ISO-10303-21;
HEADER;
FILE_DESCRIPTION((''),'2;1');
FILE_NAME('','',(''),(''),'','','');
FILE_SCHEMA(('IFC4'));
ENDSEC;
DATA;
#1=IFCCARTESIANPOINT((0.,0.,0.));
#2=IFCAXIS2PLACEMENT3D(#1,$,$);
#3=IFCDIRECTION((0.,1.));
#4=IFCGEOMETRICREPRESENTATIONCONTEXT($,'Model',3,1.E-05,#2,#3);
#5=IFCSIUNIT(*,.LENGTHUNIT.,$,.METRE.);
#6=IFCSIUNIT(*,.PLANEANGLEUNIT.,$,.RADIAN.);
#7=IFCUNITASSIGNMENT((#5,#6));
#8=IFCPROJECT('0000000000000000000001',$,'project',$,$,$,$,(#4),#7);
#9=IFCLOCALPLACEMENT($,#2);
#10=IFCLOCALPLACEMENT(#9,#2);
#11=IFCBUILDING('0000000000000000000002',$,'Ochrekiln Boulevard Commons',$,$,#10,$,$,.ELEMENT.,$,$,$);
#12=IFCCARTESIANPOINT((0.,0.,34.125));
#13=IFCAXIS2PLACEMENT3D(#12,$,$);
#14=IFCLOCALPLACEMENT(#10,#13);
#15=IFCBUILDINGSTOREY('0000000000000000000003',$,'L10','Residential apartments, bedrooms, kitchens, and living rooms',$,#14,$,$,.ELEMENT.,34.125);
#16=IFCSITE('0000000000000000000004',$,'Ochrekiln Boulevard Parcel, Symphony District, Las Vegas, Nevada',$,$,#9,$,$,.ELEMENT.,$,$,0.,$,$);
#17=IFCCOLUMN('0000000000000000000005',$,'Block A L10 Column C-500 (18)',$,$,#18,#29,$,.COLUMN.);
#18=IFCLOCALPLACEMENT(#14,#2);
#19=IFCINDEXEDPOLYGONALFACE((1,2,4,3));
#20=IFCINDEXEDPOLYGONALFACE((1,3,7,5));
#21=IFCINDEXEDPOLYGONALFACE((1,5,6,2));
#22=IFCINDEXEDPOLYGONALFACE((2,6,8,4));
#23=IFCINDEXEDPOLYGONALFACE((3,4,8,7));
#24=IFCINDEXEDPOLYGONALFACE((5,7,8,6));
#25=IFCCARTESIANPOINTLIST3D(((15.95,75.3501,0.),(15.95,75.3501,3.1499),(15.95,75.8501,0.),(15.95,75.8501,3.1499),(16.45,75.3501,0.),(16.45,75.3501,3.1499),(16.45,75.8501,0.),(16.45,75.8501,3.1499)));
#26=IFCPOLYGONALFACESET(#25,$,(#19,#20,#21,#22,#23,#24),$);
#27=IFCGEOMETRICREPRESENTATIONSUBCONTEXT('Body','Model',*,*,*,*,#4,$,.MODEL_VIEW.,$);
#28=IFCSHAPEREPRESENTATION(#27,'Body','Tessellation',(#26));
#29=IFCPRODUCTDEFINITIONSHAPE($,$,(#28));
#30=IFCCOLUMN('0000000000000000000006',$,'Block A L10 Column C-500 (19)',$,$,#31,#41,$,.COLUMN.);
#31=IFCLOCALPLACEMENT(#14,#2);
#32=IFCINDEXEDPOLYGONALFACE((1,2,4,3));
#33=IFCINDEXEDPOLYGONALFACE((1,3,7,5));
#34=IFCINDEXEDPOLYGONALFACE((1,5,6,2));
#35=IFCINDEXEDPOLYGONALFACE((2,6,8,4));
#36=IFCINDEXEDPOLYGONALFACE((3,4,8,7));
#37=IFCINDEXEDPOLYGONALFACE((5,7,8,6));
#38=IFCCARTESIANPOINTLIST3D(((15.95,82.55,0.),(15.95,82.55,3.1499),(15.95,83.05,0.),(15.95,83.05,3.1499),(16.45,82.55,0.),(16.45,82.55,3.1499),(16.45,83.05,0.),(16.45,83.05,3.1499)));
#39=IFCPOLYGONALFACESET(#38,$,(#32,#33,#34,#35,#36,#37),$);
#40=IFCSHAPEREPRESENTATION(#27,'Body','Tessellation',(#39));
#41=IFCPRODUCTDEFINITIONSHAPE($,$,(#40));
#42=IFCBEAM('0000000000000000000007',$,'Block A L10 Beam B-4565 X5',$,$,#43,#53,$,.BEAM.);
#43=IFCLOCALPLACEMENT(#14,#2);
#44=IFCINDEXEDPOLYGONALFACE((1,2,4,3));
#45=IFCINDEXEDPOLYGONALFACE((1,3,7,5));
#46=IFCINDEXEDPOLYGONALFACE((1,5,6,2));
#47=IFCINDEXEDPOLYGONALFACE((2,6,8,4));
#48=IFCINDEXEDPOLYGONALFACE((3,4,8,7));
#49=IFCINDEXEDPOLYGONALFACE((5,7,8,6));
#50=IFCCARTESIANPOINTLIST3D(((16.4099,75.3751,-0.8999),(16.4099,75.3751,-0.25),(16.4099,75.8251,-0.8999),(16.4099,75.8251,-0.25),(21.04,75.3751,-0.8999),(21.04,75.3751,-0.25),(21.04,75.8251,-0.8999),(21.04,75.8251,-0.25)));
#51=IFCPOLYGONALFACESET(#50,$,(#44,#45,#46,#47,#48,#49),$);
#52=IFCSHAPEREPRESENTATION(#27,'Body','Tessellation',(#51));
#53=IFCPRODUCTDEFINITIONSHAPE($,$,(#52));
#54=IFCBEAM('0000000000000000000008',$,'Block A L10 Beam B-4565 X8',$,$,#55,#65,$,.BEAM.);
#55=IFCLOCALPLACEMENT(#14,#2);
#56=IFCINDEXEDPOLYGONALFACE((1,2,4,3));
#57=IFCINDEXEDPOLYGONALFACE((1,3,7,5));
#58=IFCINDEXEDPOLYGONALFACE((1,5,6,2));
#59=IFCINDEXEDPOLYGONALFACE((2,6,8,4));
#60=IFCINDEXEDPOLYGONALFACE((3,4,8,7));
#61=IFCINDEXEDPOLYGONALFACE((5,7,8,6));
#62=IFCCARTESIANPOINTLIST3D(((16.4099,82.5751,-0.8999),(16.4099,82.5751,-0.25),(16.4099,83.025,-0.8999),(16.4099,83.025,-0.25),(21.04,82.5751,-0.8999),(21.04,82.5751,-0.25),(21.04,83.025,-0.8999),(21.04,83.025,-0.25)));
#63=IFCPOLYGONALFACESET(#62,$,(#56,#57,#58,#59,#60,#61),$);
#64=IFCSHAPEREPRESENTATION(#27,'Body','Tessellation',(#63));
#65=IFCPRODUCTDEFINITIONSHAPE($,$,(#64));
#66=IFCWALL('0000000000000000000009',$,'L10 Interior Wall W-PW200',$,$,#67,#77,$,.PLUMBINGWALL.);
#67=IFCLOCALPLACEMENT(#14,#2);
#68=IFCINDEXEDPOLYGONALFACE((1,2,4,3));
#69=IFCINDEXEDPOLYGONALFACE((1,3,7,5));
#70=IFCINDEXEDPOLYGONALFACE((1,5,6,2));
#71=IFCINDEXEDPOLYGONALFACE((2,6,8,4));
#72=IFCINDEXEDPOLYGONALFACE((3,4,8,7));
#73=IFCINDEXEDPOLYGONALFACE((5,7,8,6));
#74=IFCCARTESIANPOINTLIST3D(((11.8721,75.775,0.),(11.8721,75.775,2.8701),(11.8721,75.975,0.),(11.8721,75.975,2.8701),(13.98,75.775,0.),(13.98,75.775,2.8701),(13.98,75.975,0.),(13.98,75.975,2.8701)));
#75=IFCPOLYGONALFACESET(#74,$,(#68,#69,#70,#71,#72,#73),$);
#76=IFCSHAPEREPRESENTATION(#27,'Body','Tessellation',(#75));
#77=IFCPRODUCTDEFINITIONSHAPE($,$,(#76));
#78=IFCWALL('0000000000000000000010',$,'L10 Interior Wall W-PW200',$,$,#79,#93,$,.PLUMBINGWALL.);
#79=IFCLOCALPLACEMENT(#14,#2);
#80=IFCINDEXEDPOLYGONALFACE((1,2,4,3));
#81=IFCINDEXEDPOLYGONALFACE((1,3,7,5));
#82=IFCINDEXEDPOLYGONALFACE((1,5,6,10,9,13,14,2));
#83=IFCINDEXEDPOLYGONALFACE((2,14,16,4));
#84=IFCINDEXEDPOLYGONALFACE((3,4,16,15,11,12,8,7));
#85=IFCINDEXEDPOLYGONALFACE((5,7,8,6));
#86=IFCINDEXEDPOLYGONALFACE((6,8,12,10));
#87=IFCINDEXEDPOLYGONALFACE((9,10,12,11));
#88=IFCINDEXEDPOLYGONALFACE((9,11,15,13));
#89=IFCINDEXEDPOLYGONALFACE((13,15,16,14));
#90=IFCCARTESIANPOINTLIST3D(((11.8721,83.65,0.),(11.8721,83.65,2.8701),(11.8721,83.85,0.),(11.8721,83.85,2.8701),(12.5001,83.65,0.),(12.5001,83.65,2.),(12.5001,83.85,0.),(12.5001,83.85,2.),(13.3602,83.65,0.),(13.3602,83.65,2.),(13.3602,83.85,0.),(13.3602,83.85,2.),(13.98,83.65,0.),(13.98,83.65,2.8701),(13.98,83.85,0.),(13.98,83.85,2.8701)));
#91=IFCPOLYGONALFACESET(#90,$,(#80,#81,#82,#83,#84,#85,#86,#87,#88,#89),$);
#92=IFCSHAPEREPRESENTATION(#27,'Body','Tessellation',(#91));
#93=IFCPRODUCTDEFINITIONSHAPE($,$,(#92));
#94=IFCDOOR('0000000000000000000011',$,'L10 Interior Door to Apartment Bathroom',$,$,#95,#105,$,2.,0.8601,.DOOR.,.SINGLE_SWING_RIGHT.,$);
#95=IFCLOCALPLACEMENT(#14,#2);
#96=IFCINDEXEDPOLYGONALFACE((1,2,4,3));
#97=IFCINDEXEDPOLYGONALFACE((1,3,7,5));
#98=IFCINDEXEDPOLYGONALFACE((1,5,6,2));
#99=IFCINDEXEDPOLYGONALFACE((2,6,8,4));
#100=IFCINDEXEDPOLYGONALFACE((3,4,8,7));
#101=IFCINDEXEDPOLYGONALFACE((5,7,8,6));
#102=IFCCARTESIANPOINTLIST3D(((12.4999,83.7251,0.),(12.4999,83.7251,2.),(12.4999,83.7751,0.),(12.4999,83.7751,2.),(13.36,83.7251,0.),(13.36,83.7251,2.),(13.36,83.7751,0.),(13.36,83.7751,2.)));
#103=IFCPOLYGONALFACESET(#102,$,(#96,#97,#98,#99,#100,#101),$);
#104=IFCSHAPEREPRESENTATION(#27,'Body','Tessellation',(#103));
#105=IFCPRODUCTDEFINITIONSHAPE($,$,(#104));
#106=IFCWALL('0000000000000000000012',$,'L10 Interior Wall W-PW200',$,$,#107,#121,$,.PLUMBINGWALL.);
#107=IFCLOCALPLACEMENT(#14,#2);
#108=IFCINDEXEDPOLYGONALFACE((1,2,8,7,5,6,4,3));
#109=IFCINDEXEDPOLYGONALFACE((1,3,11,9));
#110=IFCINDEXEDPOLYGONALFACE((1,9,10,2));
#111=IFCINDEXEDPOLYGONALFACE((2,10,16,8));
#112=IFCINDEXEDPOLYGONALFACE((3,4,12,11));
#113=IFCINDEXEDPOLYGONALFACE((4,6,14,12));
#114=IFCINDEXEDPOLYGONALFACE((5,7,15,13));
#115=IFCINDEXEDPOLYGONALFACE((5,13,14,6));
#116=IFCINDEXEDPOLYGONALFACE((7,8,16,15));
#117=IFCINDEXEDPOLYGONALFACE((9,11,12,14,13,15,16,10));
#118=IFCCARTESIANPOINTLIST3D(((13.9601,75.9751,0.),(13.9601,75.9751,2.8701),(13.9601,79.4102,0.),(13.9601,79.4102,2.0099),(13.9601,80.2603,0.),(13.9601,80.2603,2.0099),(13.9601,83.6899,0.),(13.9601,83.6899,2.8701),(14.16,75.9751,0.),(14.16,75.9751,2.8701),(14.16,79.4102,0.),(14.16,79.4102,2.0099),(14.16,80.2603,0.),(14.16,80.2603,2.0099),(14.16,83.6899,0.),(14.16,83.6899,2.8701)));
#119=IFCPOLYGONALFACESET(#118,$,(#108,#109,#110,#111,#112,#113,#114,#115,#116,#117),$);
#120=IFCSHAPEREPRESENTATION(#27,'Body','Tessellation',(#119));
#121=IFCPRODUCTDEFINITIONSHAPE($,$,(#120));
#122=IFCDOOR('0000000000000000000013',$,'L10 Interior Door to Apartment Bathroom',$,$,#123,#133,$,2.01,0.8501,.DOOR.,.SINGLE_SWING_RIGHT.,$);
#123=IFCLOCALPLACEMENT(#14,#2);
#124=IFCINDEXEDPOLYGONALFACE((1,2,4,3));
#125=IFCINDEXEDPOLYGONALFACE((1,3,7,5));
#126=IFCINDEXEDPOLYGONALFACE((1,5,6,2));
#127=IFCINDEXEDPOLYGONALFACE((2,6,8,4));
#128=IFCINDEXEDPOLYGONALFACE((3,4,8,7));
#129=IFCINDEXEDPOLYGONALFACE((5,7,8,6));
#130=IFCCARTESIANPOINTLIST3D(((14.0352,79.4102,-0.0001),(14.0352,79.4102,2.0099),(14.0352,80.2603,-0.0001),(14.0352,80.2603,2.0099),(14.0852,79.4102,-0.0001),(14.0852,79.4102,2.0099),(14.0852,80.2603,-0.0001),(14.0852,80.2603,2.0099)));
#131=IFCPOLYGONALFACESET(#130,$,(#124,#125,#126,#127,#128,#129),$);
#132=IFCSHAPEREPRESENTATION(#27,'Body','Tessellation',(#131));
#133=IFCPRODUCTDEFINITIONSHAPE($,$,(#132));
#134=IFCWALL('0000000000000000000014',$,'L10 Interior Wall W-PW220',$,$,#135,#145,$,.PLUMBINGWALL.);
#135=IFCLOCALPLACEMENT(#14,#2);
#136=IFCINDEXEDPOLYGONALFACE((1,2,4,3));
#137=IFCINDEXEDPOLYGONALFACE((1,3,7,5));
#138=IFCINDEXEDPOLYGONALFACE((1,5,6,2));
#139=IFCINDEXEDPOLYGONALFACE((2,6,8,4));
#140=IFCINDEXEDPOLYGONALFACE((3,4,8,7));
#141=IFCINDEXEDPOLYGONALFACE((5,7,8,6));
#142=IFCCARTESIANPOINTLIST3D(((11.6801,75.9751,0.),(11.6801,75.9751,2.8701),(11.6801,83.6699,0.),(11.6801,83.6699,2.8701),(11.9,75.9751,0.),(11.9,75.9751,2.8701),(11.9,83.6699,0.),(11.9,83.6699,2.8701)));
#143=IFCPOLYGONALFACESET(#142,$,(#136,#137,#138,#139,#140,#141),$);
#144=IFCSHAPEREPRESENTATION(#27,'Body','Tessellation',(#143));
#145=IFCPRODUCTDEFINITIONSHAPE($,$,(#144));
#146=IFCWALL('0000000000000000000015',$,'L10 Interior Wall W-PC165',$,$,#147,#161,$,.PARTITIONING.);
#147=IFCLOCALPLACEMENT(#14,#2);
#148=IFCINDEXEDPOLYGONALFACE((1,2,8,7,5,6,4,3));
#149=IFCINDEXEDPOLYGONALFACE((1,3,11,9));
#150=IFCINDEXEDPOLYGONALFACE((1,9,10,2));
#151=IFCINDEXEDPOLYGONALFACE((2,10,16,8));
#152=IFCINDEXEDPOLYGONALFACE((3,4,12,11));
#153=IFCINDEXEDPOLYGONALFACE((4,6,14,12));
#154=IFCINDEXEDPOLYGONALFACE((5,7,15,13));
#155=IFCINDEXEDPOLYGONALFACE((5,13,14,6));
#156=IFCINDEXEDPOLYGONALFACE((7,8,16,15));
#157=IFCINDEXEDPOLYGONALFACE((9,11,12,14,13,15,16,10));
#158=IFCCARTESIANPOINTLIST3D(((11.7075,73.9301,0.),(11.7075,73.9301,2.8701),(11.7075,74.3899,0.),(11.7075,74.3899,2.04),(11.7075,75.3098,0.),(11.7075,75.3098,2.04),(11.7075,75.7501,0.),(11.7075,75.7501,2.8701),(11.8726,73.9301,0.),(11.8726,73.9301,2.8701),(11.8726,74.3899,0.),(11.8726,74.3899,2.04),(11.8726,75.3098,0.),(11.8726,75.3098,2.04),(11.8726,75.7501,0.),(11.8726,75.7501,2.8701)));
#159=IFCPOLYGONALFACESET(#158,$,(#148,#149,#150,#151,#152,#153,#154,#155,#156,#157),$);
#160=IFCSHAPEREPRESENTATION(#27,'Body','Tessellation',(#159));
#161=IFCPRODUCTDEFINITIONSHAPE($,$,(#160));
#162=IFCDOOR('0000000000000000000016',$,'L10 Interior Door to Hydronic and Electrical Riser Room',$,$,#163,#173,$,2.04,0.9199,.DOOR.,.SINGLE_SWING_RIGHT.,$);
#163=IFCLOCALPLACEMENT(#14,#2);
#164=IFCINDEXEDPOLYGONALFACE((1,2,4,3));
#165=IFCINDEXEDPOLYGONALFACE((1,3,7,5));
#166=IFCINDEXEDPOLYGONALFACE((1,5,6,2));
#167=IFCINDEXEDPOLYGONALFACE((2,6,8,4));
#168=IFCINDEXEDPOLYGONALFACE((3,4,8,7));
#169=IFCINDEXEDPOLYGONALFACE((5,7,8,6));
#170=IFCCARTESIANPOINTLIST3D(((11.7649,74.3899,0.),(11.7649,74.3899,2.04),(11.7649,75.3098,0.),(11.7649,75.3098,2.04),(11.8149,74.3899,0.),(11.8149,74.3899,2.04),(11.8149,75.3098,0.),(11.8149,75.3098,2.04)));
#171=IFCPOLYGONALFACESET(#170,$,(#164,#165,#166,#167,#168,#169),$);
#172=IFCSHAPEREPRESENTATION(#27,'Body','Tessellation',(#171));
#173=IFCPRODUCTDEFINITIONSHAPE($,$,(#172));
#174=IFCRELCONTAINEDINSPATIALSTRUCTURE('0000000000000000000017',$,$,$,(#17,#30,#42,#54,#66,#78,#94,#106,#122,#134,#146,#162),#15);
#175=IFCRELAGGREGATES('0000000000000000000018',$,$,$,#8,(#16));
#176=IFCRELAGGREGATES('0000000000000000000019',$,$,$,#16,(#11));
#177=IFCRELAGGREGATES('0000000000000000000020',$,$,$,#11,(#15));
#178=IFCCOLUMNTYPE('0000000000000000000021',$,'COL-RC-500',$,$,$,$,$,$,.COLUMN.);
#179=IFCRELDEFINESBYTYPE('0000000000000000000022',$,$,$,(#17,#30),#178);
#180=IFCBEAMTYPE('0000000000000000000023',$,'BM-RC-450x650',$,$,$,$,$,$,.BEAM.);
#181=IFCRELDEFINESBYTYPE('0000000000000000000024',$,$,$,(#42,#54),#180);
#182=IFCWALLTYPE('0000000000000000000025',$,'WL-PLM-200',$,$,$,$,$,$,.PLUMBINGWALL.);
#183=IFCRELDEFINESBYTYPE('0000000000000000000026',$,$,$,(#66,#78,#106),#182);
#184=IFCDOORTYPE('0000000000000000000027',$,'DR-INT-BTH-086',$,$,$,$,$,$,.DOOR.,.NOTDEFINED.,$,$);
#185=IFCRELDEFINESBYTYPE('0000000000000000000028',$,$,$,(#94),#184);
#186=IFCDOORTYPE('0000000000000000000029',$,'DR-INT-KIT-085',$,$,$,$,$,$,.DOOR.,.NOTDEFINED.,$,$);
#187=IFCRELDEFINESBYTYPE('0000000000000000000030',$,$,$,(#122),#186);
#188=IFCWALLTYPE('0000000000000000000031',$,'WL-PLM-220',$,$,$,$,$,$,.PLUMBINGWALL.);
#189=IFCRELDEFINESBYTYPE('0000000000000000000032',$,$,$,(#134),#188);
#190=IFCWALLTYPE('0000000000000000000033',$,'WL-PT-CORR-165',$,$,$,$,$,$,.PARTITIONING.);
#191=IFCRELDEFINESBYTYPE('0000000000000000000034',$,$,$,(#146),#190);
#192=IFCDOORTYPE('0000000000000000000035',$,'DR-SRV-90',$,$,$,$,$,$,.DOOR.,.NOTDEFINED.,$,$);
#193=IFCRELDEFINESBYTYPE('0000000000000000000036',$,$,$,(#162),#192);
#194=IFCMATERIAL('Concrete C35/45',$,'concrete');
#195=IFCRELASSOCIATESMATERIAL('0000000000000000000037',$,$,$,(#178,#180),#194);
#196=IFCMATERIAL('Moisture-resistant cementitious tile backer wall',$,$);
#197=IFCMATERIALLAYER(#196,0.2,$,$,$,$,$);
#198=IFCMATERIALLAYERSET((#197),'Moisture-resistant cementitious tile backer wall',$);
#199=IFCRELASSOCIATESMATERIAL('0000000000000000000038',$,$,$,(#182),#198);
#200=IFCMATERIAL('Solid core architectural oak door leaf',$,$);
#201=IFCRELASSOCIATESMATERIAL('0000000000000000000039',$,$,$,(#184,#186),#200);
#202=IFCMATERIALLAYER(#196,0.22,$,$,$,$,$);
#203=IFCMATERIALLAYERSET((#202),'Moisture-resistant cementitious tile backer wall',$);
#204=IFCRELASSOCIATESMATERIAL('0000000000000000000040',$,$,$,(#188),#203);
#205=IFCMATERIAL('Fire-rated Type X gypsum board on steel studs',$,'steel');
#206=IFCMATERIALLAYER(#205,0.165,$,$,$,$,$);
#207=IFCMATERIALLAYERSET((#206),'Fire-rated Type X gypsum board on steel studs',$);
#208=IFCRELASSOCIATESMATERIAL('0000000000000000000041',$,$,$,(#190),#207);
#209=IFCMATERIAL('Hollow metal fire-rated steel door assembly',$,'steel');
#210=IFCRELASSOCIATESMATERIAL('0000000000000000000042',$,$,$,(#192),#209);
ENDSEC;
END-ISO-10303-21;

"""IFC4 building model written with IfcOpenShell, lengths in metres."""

from ifc_helpers import new_model, si_unit, direction, frame, frame_2d, origin, origin_2d, place, context, subcontext, project, spatial, rectangle, extrude, material, layer, layer_set, material_profile, profile_set, type_object, element, fill, save


model = new_model("IFC4")

# Units and contexts
model_context = context("Model", 3, precision=1e-05, world=origin(), true_north=direction((0.0, 1.0)))
body_context = subcontext(model_context, "Body", "Model", "MODEL_VIEW")
ifc_project = project(units=[si_unit("LENGTHUNIT", "METRE"), si_unit("PLANEANGLEUNIT", "RADIAN")], contexts=[model_context])

# Site, building, storey
site_placement = place(None, origin())
site = spatial("IfcSite", under=ifc_project, at=site_placement, Name="Ochrekiln Boulevard Parcel, Symphony District, Las Vegas, Nevada", CompositionType="ELEMENT", RefElevation=0.0)
building_placement = place(site_placement, origin())
building = spatial("IfcBuilding", under=site, at=building_placement, Name="Ochrekiln Boulevard Commons", CompositionType="ELEMENT")
storey_placement = place(building_placement, frame((0.0, 0.0, 34.125)))
storey = spatial("IfcBuildingStorey", under=building, at=storey_placement, Name="L10", Description="Residential apartments, bedrooms, kitchens, and living rooms", CompositionType="ELEMENT", Elevation=34.125)

# Columns
ifc_material_1 = material(Name="Concrete C35/45", Category="concrete")
ifc_material_profile_1 = material_profile(ifc_material_1, rectangle(XDim=0.5, YDim=0.5, at=origin_2d()), Name="RC-COL-500x500")
ifc_profile_set_1 = profile_set([ifc_material_profile_1], Name="Concrete C35/45")
column_type = type_object("IfcColumnType", Name="COL-RC-500", PredefinedType="COLUMN", material=ifc_profile_set_1)
for number, where, z_axis, x_axis, name in (
    (1, (16.2, 75.6001, 0.0), (0.0, 0.0, 1.0), (1.0, 0.0, 0.0), "Block A L10 Column C-500 (18)"),
    (2, (16.2, 82.8, 0.0), (0.0, 0.0, 1.0), (1.0, 0.0, 0.0), "Block A L10 Column C-500 (19)"),
):
    element("IfcColumn", number, at=place(storey_placement, frame(where, z_axis=z_axis, x_axis=x_axis)), inside=storey, type_object=column_type, Name=name, PredefinedType="COLUMN", context=body_context, shape_type="SweptSolid", body=[
        extrude(rectangle(XDim=0.5, YDim=0.5, at=origin_2d()), origin(), (0.0, 0.0, 1.0), 3.1499),
    ])

# Beams
ifc_material_profile_2 = material_profile(ifc_material_1, rectangle(XDim=0.45, YDim=0.6499, at=origin_2d()), Name="RC-BM-450x650")
ifc_profile_set_2 = profile_set([ifc_material_profile_2], Name="Concrete C35/45")
beam_type = type_object("IfcBeamType", Name="BM-RC-450x650", PredefinedType="BEAM", material=ifc_profile_set_2)
for number, where, z_axis, x_axis, name in (
    (3, (16.4099, 75.6001, -0.575), (1.0, 0.0, 0.0), (0.0, 1.0, 0.0), "Block A L10 Beam B-4565 X5"),
    (4, (16.4099, 82.8, -0.575), (1.0, 0.0, 0.0), (0.0, 1.0, 0.0), "Block A L10 Beam B-4565 X8"),
):
    element("IfcBeam", number, at=place(storey_placement, frame(where, z_axis=z_axis, x_axis=x_axis)), inside=storey, type_object=beam_type, Name=name, PredefinedType="BEAM", context=body_context, shape_type="SweptSolid", body=[
        extrude(rectangle(XDim=0.45, YDim=0.6499, at=origin_2d()), origin(), (0.0, 0.0, 1.0), 4.6301),
    ])

# Wall
ifc_material_2 = material(Name="Moisture-resistant cementitious tile backer wall")
ifc_layer_1 = layer(ifc_material_2, 0.2)
ifc_layer_set_1 = layer_set([ifc_layer_1], Name="Moisture-resistant cementitious tile backer wall")
wall_type_1 = type_object("IfcWallType", Name="WL-PLM-200", PredefinedType="PLUMBINGWALL", material=ifc_layer_set_1)
wall_1_placement = place(storey_placement, frame((11.8721, 75.875, 0.0), z_axis=(0.0, 0.0, 1.0), x_axis=(1.0, 0.0, 0.0)))
element("IfcWall", 5, at=wall_1_placement, inside=storey, type_object=wall_type_1, Name="L10 Interior Wall W-PW200", PredefinedType="PLUMBINGWALL", context=body_context, shape_type="SweptSolid", body=[
    extrude(rectangle(XDim=2.1079, YDim=0.2, at=frame_2d((1.054, 0.0))), origin(), (0.0, 0.0, 1.0), 2.8701),
])

# Walls, openings, doors
wall_2_placement = place(storey_placement, frame((11.8721, 83.75, 0.0), z_axis=(0.0, 0.0, 1.0), x_axis=(1.0, 0.0, 0.0)))
wall_2 = element("IfcWall", 6, at=wall_2_placement, inside=storey, type_object=wall_type_1, Name="L10 Interior Wall W-PW200", PredefinedType="PLUMBINGWALL", context=body_context, shape_type="SweptSolid", body=[
    extrude(rectangle(XDim=2.1079, YDim=0.2, at=frame_2d((1.054, 0.0))), origin(), (0.0, 0.0, 1.0), 2.8701),
])
opening_1_placement = place(wall_2_placement, frame((0.6279, 0.0, 0.0)))
opening_1 = element("IfcOpeningElement", 7, at=opening_1_placement, cuts=wall_2, PredefinedType="OPENING", context=body_context, shape_type="SweptSolid", body=[
    extrude(rectangle(XDim=0.8601, YDim=2.0, at=frame_2d((0.4302, 1.0))), frame((0.0, 0.1099, 0.0), z_axis=(0.0, -1.0, 0.0), x_axis=(1.0, 0.0, 0.0)), (0.0, 0.0, 1.0), 0.22),
])
ifc_material_3 = material(Name="Solid core architectural oak door leaf")
door_type_1 = type_object("IfcDoorType", Name="DR-INT-BTH-086", OperationType="NOTDEFINED", PredefinedType="DOOR", material=ifc_material_3)
door_1_placement = place(opening_1_placement, frame((0.8601, 0.0, 0.0), z_axis=(0.0, 0.0, 1.0), x_axis=(-1.0, 0.0, 0.0)))
door_1 = element("IfcDoor", 8, at=door_1_placement, inside=storey, type_object=door_type_1, Name="L10 Interior Door to Apartment Bathroom", OperationType="SINGLE_SWING_RIGHT", OverallHeight=2.0, OverallWidth=0.8601, PredefinedType="DOOR", context=body_context, shape_type="SweptSolid", body=[
    extrude(rectangle(XDim=0.8601, YDim=2.0, at=frame_2d((0.4302, 1.0))), frame((0.0, 0.0249, 0.0), z_axis=(0.0, -1.0, 0.0), x_axis=(1.0, 0.0, 0.0)), (0.0, 0.0, 1.0), 0.05),
])
fill(opening_1, door_1)
wall_3_placement = place(storey_placement, frame((14.0601, 75.9751, 0.0), z_axis=(0.0, 0.0, 1.0), x_axis=(0.0, 1.0, 0.0)))
wall_3 = element("IfcWall", 9, at=wall_3_placement, inside=storey, type_object=wall_type_1, Name="L10 Interior Wall W-PW200", PredefinedType="PLUMBINGWALL", context=body_context, shape_type="SweptSolid", body=[
    extrude(rectangle(XDim=7.7148, YDim=0.2, at=frame_2d((3.8574, 0.0))), origin(), (0.0, 0.0, 1.0), 2.8701),
])
opening_2_placement = place(wall_3_placement, frame((3.4351, 0.0, 0.0)))
opening_2 = element("IfcOpeningElement", 10, at=opening_2_placement, cuts=wall_3, PredefinedType="OPENING", context=body_context, shape_type="SweptSolid", body=[
    extrude(rectangle(XDim=0.8501, YDim=2.01, at=frame_2d((0.425, 1.0049))), frame((0.0, 0.1099, 0.0), z_axis=(0.0, -1.0, 0.0), x_axis=(1.0, 0.0, 0.0)), (0.0, 0.0, 1.0), 0.22),
])
door_type_2 = type_object("IfcDoorType", Name="DR-INT-KIT-085", OperationType="NOTDEFINED", PredefinedType="DOOR", material=ifc_material_3)
door_2_placement = place(opening_2_placement, origin())
door_2 = element("IfcDoor", 11, at=door_2_placement, inside=storey, type_object=door_type_2, Name="L10 Interior Door to Apartment Bathroom", OperationType="SINGLE_SWING_RIGHT", OverallHeight=2.01, OverallWidth=0.8501, PredefinedType="DOOR", context=body_context, shape_type="SweptSolid", body=[
    extrude(rectangle(XDim=0.8501, YDim=2.01, at=frame_2d((0.425, 1.0049))), frame((0.0, 0.0249, 0.0), z_axis=(0.0, -1.0, 0.0), x_axis=(1.0, 0.0, 0.0)), (0.0, 0.0, 1.0), 0.05),
])
fill(opening_2, door_2)

# Wall
ifc_layer_2 = layer(ifc_material_2, 0.22)
ifc_layer_set_2 = layer_set([ifc_layer_2], Name="Moisture-resistant cementitious tile backer wall")
wall_type_2 = type_object("IfcWallType", Name="WL-PLM-220", PredefinedType="PLUMBINGWALL", material=ifc_layer_set_2)
wall_4_placement = place(storey_placement, frame((11.79, 75.9751, 0.0), z_axis=(0.0, 0.0, 1.0), x_axis=(0.0, 1.0, 0.0)))
element("IfcWall", 12, at=wall_4_placement, inside=storey, type_object=wall_type_2, Name="L10 Interior Wall W-PW220", PredefinedType="PLUMBINGWALL", context=body_context, shape_type="SweptSolid", body=[
    extrude(rectangle(XDim=7.6948, YDim=0.22, at=frame_2d((3.8474, 0.0))), origin(), (0.0, 0.0, 1.0), 2.8701),
])

# Wall, opening, door
ifc_material_4 = material(Name="Fire-rated Type X gypsum board on steel studs", Category="steel")
ifc_layer_3 = layer(ifc_material_4, 0.165)
ifc_layer_set_3 = layer_set([ifc_layer_3], Name="Fire-rated Type X gypsum board on steel studs")
wall_type_3 = type_object("IfcWallType", Name="WL-PT-CORR-165", PredefinedType="PARTITIONING", material=ifc_layer_set_3)
wall_5_placement = place(storey_placement, frame((11.79, 73.9299, 0.0), z_axis=(0.0, 0.0, 1.0), x_axis=(0.0, 1.0, 0.0)))
wall_5 = element("IfcWall", 13, at=wall_5_placement, inside=storey, type_object=wall_type_3, Name="L10 Interior Wall W-PC165", PredefinedType="PARTITIONING", context=body_context, shape_type="SweptSolid", body=[
    extrude(rectangle(XDim=1.8201, YDim=0.165, at=frame_2d((0.9102, 0.0))), origin(), (0.0, 0.0, 1.0), 2.8701),
])
opening_3_placement = place(wall_5_placement, frame((0.46, 0.0, 0.0)))
opening_3 = element("IfcOpeningElement", 14, at=opening_3_placement, cuts=wall_5, PredefinedType="OPENING", context=body_context, shape_type="SweptSolid", body=[
    extrude(rectangle(XDim=0.9199, YDim=2.04, at=frame_2d((0.46, 1.02))), frame((0.0, 0.0925, 0.0), z_axis=(0.0, -1.0, 0.0), x_axis=(1.0, 0.0, 0.0)), (0.0, 0.0, 1.0), 0.1851),
])
ifc_material_5 = material(Name="Hollow metal fire-rated steel door assembly", Category="steel")
door_type_3 = type_object("IfcDoorType", Name="DR-SRV-90", OperationType="NOTDEFINED", PredefinedType="DOOR", material=ifc_material_5)
door_3_placement = place(opening_3_placement, frame((0.9199, 0.0, 0.0), z_axis=(0.0, 0.0, 1.0), x_axis=(-1.0, 0.0, 0.0)))
door_3 = element("IfcDoor", 15, at=door_3_placement, inside=storey, type_object=door_type_3, Name="L10 Interior Door to Hydronic and Electrical Riser Room", OperationType="SINGLE_SWING_RIGHT", OverallHeight=2.04, OverallWidth=0.9199, PredefinedType="DOOR", context=body_context, shape_type="SweptSolid", body=[
    extrude(rectangle(XDim=0.9199, YDim=2.04, at=frame_2d((0.46, 1.02))), frame((0.0, 0.0249, 0.0), z_axis=(0.0, -1.0, 0.0), x_axis=(1.0, 0.0, 0.0)), (0.0, 0.0, 1.0), 0.05),
])
fill(opening_3, door_3)

save(model, "model.ifc")
